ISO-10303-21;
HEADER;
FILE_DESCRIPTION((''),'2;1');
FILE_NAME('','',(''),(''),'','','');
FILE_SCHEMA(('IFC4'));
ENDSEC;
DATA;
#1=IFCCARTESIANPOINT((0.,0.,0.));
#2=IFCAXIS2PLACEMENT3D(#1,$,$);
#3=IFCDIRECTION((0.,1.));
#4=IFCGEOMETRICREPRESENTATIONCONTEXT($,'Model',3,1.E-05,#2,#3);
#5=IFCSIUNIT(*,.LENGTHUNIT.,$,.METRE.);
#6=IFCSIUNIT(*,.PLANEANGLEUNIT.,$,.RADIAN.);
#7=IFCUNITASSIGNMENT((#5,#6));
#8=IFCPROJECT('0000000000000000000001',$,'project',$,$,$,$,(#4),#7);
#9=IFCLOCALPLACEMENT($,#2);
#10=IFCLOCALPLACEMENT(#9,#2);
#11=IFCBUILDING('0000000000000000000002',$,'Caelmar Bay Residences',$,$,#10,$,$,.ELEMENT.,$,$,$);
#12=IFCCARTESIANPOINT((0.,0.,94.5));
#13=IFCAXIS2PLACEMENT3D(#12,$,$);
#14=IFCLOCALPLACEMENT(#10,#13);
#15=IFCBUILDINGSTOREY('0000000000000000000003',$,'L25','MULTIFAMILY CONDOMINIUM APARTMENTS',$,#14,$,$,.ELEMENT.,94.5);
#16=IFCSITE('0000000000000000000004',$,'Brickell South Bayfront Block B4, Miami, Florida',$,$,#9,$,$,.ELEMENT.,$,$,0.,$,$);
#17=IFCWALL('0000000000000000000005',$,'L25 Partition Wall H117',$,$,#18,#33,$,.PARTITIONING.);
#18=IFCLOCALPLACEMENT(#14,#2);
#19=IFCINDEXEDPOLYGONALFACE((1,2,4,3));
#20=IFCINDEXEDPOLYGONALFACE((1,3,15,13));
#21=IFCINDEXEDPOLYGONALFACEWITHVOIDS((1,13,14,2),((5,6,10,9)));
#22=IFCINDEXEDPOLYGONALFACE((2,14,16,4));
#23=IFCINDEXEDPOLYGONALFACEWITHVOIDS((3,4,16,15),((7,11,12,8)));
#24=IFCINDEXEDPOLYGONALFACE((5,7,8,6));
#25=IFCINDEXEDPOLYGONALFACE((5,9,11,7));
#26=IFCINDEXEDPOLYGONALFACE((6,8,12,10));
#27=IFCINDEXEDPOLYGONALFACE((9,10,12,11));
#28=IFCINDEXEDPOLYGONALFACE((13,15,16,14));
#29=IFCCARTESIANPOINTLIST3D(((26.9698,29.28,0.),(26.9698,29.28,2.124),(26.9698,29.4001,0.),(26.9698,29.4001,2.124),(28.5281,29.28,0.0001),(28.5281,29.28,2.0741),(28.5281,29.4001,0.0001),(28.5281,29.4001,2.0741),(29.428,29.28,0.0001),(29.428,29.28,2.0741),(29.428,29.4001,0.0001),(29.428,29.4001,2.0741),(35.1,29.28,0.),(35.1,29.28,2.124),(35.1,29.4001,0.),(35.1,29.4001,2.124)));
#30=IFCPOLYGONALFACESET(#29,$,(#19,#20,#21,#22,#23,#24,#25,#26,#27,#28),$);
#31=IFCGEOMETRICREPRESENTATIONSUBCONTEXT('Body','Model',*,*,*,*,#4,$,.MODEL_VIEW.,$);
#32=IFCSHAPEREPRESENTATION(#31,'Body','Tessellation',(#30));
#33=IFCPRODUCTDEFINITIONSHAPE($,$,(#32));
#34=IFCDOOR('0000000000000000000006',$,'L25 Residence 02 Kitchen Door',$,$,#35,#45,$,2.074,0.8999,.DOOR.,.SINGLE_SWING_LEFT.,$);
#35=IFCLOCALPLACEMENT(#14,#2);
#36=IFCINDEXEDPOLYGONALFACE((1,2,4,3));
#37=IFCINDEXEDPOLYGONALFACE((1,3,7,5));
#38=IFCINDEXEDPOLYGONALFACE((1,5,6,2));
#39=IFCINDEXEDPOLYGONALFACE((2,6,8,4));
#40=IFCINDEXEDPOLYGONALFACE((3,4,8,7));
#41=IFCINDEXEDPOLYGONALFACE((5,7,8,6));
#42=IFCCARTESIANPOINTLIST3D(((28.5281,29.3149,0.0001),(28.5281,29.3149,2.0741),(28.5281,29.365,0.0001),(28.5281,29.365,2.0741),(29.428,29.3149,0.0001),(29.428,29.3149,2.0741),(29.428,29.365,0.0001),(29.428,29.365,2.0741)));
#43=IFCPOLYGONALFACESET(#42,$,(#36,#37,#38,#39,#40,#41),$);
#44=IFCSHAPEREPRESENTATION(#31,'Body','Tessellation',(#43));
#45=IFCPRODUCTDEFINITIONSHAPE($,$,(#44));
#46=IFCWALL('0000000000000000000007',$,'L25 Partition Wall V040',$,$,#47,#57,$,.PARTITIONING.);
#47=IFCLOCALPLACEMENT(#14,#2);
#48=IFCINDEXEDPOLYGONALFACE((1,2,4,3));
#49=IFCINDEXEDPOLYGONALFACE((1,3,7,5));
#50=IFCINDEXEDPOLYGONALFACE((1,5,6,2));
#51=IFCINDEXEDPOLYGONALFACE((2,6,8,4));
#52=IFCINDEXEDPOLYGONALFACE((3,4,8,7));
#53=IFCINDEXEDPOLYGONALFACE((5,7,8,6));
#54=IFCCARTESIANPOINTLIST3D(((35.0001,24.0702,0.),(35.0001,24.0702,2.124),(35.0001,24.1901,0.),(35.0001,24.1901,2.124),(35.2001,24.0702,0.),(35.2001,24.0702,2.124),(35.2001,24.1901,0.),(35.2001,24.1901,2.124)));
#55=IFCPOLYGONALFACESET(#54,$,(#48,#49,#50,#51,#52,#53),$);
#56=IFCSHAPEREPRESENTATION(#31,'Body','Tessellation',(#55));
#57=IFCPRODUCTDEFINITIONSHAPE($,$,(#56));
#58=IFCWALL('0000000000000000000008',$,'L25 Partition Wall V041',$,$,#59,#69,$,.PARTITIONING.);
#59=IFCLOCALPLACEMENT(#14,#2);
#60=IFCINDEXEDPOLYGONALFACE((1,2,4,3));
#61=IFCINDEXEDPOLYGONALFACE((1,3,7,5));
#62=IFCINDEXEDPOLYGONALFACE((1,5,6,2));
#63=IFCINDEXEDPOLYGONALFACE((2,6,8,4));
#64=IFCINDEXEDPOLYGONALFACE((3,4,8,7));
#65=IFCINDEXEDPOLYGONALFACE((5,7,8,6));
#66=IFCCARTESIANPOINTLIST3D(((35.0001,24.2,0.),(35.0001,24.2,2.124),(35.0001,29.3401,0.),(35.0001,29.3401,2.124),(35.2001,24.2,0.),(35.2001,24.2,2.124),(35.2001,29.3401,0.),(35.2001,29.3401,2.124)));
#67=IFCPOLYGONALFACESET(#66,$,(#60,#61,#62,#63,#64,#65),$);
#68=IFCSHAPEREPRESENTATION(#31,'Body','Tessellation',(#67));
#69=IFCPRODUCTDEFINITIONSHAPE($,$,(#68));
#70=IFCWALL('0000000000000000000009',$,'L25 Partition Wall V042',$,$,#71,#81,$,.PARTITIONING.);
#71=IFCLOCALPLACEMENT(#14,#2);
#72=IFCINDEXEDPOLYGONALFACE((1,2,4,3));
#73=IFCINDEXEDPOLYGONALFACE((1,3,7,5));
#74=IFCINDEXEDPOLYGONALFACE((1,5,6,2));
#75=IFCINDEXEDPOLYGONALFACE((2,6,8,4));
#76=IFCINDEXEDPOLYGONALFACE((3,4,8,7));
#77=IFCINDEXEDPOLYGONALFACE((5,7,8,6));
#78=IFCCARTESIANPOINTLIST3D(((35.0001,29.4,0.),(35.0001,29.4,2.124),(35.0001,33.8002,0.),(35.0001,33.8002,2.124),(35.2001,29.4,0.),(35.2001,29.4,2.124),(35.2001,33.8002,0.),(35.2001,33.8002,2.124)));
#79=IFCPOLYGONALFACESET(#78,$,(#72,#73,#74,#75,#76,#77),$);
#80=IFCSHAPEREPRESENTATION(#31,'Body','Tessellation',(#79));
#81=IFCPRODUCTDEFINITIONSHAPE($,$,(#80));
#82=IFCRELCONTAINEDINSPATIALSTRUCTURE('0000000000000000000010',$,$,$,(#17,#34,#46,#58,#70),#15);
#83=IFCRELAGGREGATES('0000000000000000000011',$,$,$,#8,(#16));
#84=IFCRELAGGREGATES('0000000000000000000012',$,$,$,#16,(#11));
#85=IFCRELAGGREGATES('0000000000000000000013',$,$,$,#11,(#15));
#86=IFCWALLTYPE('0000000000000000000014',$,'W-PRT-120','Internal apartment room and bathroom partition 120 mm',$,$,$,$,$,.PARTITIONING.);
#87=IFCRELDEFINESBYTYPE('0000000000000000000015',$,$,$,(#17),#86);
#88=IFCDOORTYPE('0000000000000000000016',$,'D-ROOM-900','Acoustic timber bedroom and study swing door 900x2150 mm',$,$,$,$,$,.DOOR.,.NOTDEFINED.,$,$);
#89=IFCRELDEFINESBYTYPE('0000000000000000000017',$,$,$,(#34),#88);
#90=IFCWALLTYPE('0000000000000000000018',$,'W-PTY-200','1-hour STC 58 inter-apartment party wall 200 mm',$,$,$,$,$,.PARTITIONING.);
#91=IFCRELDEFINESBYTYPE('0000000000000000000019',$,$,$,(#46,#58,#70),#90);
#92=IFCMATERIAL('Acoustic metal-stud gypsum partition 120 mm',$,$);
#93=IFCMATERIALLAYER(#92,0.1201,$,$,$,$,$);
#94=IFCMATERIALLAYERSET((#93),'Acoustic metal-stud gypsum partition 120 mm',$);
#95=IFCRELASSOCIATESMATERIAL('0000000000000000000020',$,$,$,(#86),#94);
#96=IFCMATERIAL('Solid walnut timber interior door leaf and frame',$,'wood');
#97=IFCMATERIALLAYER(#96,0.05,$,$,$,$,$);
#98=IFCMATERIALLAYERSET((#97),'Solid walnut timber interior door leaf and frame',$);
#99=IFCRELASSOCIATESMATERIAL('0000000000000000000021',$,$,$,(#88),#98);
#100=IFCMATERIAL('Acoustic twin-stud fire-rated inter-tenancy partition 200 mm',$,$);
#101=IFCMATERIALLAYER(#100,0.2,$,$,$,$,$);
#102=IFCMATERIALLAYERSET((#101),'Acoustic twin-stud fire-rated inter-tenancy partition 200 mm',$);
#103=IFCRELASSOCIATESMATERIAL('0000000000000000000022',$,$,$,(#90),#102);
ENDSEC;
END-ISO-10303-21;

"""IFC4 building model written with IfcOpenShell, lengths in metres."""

from ifc_helpers import new_model, si_unit, direction, frame, frame_2d, origin, place, context, subcontext, project, spatial, rectangle, extrude, material, layer, layer_set, type_object, element, fill, save


model = new_model("IFC4")

# Units and contexts
model_context = context("Model", 3, precision=1e-05, world=origin(), true_north=direction((0.0, 1.0)))
body_context = subcontext(model_context, "Body", "Model", "MODEL_VIEW")
ifc_project = project(units=[si_unit("LENGTHUNIT", "METRE"), si_unit("PLANEANGLEUNIT", "RADIAN")], contexts=[model_context])

# Site, building, storey
site_placement = place(None, origin())
site = spatial("IfcSite", under=ifc_project, at=site_placement, Name="Brickell South Bayfront Block B4, Miami, Florida", CompositionType="ELEMENT", RefElevation=0.0)
building_placement = place(site_placement, origin())
building = spatial("IfcBuilding", under=site, at=building_placement, Name="Caelmar Bay Residences", CompositionType="ELEMENT")
storey_placement = place(building_placement, frame((0.0, 0.0, 94.5)))
storey = spatial("IfcBuildingStorey", under=building, at=storey_placement, Name="L25", Description="MULTIFAMILY CONDOMINIUM APARTMENTS", CompositionType="ELEMENT", Elevation=94.5)

# Shared definitions
ifc_material_1 = material(Name="Acoustic metal-stud gypsum partition 120 mm")
ifc_layer_1 = layer(ifc_material_1, 0.1201)
ifc_layer_set_1 = layer_set([ifc_layer_1], Name="Acoustic metal-stud gypsum partition 120 mm")
wall_type_1 = type_object("IfcWallType", Name="W-PRT-120", Description="Internal apartment room and bathroom partition 120 mm", PredefinedType="PARTITIONING", material=ifc_layer_set_1)
ifc_material_2 = material(Name="Solid walnut timber interior door leaf and frame", Category="wood")
ifc_layer_2 = layer(ifc_material_2, 0.05)
ifc_layer_set_2 = layer_set([ifc_layer_2], Name="Solid walnut timber interior door leaf and frame")
door_type_1 = type_object("IfcDoorType", Name="D-ROOM-900", Description="Acoustic timber bedroom and study swing door 900x2150 mm", OperationType="NOTDEFINED", PredefinedType="DOOR", material=ifc_layer_set_2)

# Wall, opening, door
wall_1_placement = place(storey_placement, frame((26.97, 29.3401, 0.0), z_axis=(0.0, 0.0, 1.0), x_axis=(1.0, 0.0, 0.0)))
wall_1 = element("IfcWall", 1, at=wall_1_placement, inside=storey, type_object=wall_type_1, Name="L25 Partition Wall H117", PredefinedType="PARTITIONING", context=body_context, shape_type="SweptSolid", body=[
    extrude(rectangle(XDim=8.1301, YDim=0.1201, at=frame_2d((4.0649, 0.0))), origin(), (0.0, 0.0, 1.0), 2.124),
])
opening_1_placement = place(wall_1_placement, frame((1.5581, 0.0, 0.0)))
opening_1 = element("IfcOpeningElement", 2, at=opening_1_placement, cuts=wall_1, PredefinedType="OPENING", context=body_context, shape_type="SweptSolid", body=[
    extrude(rectangle(XDim=0.8999, YDim=2.074, at=frame_2d((0.45, 1.0371))), frame((0.0, 0.0701, 0.0), z_axis=(0.0, -1.0, 0.0), x_axis=(1.0, 0.0, 0.0)), (0.0, 0.0, 1.0), 0.1401),
])
door_1_placement = place(opening_1_placement, origin())
door_1 = element("IfcDoor", 3, at=door_1_placement, inside=storey, type_object=door_type_1, Name="L25 Residence 02 Kitchen Door", OperationType="SINGLE_SWING_LEFT", OverallHeight=2.074, OverallWidth=0.8999, PredefinedType="DOOR", context=body_context, shape_type="SweptSolid", body=[
    extrude(rectangle(XDim=0.8999, YDim=2.074, at=frame_2d((0.45, 1.0371))), frame((0.0, 0.0249, 0.0), z_axis=(0.0, -1.0, 0.0), x_axis=(1.0, 0.0, 0.0)), (0.0, 0.0, 1.0), 0.05),
])
fill(opening_1, door_1)

# Walls
ifc_material_3 = material(Name="Acoustic twin-stud fire-rated inter-tenancy partition 200 mm")
ifc_layer_3 = layer(ifc_material_3, 0.2)
ifc_layer_set_3 = layer_set([ifc_layer_3], Name="Acoustic twin-stud fire-rated inter-tenancy partition 200 mm")
wall_type_2 = type_object("IfcWallType", Name="W-PTY-200", Description="1-hour STC 58 inter-apartment party wall 200 mm", PredefinedType="PARTITIONING", material=ifc_layer_set_3)
wall_2_placement = place(storey_placement, frame((35.1001, 24.0701, 0.0), z_axis=(0.0, 0.0, 1.0), x_axis=(0.0, 1.0, 0.0)))
element("IfcWall", 4, at=wall_2_placement, inside=storey, type_object=wall_type_2, Name="L25 Partition Wall V040", PredefinedType="PARTITIONING", context=body_context, shape_type="SweptSolid", body=[
    extrude(rectangle(XDim=0.1199, YDim=0.2, at=frame_2d((0.0601, 0.0))), origin(), (0.0, 0.0, 1.0), 2.124),
])
wall_3_placement = place(storey_placement, frame((35.1001, 24.2, 0.0), z_axis=(0.0, 0.0, 1.0), x_axis=(0.0, 1.0, 0.0)))
element("IfcWall", 5, at=wall_3_placement, inside=storey, type_object=wall_type_2, Name="L25 Partition Wall V041", PredefinedType="PARTITIONING", context=body_context, shape_type="SweptSolid", body=[
    extrude(rectangle(XDim=5.1401, YDim=0.2, at=frame_2d((2.5701, 0.0))), origin(), (0.0, 0.0, 1.0), 2.124),
])
wall_4_placement = place(storey_placement, frame((35.1001, 29.3999, 0.0), z_axis=(0.0, 0.0, 1.0), x_axis=(0.0, 1.0, 0.0)))
element("IfcWall", 6, at=wall_4_placement, inside=storey, type_object=wall_type_2, Name="L25 Partition Wall V042", PredefinedType="PARTITIONING", context=body_context, shape_type="SweptSolid", body=[
    extrude(rectangle(XDim=4.4001, YDim=0.2, at=frame_2d((2.2002, 0.0))), origin(), (0.0, 0.0, 1.0), 2.124),
])

save(model, "model.ifc")
